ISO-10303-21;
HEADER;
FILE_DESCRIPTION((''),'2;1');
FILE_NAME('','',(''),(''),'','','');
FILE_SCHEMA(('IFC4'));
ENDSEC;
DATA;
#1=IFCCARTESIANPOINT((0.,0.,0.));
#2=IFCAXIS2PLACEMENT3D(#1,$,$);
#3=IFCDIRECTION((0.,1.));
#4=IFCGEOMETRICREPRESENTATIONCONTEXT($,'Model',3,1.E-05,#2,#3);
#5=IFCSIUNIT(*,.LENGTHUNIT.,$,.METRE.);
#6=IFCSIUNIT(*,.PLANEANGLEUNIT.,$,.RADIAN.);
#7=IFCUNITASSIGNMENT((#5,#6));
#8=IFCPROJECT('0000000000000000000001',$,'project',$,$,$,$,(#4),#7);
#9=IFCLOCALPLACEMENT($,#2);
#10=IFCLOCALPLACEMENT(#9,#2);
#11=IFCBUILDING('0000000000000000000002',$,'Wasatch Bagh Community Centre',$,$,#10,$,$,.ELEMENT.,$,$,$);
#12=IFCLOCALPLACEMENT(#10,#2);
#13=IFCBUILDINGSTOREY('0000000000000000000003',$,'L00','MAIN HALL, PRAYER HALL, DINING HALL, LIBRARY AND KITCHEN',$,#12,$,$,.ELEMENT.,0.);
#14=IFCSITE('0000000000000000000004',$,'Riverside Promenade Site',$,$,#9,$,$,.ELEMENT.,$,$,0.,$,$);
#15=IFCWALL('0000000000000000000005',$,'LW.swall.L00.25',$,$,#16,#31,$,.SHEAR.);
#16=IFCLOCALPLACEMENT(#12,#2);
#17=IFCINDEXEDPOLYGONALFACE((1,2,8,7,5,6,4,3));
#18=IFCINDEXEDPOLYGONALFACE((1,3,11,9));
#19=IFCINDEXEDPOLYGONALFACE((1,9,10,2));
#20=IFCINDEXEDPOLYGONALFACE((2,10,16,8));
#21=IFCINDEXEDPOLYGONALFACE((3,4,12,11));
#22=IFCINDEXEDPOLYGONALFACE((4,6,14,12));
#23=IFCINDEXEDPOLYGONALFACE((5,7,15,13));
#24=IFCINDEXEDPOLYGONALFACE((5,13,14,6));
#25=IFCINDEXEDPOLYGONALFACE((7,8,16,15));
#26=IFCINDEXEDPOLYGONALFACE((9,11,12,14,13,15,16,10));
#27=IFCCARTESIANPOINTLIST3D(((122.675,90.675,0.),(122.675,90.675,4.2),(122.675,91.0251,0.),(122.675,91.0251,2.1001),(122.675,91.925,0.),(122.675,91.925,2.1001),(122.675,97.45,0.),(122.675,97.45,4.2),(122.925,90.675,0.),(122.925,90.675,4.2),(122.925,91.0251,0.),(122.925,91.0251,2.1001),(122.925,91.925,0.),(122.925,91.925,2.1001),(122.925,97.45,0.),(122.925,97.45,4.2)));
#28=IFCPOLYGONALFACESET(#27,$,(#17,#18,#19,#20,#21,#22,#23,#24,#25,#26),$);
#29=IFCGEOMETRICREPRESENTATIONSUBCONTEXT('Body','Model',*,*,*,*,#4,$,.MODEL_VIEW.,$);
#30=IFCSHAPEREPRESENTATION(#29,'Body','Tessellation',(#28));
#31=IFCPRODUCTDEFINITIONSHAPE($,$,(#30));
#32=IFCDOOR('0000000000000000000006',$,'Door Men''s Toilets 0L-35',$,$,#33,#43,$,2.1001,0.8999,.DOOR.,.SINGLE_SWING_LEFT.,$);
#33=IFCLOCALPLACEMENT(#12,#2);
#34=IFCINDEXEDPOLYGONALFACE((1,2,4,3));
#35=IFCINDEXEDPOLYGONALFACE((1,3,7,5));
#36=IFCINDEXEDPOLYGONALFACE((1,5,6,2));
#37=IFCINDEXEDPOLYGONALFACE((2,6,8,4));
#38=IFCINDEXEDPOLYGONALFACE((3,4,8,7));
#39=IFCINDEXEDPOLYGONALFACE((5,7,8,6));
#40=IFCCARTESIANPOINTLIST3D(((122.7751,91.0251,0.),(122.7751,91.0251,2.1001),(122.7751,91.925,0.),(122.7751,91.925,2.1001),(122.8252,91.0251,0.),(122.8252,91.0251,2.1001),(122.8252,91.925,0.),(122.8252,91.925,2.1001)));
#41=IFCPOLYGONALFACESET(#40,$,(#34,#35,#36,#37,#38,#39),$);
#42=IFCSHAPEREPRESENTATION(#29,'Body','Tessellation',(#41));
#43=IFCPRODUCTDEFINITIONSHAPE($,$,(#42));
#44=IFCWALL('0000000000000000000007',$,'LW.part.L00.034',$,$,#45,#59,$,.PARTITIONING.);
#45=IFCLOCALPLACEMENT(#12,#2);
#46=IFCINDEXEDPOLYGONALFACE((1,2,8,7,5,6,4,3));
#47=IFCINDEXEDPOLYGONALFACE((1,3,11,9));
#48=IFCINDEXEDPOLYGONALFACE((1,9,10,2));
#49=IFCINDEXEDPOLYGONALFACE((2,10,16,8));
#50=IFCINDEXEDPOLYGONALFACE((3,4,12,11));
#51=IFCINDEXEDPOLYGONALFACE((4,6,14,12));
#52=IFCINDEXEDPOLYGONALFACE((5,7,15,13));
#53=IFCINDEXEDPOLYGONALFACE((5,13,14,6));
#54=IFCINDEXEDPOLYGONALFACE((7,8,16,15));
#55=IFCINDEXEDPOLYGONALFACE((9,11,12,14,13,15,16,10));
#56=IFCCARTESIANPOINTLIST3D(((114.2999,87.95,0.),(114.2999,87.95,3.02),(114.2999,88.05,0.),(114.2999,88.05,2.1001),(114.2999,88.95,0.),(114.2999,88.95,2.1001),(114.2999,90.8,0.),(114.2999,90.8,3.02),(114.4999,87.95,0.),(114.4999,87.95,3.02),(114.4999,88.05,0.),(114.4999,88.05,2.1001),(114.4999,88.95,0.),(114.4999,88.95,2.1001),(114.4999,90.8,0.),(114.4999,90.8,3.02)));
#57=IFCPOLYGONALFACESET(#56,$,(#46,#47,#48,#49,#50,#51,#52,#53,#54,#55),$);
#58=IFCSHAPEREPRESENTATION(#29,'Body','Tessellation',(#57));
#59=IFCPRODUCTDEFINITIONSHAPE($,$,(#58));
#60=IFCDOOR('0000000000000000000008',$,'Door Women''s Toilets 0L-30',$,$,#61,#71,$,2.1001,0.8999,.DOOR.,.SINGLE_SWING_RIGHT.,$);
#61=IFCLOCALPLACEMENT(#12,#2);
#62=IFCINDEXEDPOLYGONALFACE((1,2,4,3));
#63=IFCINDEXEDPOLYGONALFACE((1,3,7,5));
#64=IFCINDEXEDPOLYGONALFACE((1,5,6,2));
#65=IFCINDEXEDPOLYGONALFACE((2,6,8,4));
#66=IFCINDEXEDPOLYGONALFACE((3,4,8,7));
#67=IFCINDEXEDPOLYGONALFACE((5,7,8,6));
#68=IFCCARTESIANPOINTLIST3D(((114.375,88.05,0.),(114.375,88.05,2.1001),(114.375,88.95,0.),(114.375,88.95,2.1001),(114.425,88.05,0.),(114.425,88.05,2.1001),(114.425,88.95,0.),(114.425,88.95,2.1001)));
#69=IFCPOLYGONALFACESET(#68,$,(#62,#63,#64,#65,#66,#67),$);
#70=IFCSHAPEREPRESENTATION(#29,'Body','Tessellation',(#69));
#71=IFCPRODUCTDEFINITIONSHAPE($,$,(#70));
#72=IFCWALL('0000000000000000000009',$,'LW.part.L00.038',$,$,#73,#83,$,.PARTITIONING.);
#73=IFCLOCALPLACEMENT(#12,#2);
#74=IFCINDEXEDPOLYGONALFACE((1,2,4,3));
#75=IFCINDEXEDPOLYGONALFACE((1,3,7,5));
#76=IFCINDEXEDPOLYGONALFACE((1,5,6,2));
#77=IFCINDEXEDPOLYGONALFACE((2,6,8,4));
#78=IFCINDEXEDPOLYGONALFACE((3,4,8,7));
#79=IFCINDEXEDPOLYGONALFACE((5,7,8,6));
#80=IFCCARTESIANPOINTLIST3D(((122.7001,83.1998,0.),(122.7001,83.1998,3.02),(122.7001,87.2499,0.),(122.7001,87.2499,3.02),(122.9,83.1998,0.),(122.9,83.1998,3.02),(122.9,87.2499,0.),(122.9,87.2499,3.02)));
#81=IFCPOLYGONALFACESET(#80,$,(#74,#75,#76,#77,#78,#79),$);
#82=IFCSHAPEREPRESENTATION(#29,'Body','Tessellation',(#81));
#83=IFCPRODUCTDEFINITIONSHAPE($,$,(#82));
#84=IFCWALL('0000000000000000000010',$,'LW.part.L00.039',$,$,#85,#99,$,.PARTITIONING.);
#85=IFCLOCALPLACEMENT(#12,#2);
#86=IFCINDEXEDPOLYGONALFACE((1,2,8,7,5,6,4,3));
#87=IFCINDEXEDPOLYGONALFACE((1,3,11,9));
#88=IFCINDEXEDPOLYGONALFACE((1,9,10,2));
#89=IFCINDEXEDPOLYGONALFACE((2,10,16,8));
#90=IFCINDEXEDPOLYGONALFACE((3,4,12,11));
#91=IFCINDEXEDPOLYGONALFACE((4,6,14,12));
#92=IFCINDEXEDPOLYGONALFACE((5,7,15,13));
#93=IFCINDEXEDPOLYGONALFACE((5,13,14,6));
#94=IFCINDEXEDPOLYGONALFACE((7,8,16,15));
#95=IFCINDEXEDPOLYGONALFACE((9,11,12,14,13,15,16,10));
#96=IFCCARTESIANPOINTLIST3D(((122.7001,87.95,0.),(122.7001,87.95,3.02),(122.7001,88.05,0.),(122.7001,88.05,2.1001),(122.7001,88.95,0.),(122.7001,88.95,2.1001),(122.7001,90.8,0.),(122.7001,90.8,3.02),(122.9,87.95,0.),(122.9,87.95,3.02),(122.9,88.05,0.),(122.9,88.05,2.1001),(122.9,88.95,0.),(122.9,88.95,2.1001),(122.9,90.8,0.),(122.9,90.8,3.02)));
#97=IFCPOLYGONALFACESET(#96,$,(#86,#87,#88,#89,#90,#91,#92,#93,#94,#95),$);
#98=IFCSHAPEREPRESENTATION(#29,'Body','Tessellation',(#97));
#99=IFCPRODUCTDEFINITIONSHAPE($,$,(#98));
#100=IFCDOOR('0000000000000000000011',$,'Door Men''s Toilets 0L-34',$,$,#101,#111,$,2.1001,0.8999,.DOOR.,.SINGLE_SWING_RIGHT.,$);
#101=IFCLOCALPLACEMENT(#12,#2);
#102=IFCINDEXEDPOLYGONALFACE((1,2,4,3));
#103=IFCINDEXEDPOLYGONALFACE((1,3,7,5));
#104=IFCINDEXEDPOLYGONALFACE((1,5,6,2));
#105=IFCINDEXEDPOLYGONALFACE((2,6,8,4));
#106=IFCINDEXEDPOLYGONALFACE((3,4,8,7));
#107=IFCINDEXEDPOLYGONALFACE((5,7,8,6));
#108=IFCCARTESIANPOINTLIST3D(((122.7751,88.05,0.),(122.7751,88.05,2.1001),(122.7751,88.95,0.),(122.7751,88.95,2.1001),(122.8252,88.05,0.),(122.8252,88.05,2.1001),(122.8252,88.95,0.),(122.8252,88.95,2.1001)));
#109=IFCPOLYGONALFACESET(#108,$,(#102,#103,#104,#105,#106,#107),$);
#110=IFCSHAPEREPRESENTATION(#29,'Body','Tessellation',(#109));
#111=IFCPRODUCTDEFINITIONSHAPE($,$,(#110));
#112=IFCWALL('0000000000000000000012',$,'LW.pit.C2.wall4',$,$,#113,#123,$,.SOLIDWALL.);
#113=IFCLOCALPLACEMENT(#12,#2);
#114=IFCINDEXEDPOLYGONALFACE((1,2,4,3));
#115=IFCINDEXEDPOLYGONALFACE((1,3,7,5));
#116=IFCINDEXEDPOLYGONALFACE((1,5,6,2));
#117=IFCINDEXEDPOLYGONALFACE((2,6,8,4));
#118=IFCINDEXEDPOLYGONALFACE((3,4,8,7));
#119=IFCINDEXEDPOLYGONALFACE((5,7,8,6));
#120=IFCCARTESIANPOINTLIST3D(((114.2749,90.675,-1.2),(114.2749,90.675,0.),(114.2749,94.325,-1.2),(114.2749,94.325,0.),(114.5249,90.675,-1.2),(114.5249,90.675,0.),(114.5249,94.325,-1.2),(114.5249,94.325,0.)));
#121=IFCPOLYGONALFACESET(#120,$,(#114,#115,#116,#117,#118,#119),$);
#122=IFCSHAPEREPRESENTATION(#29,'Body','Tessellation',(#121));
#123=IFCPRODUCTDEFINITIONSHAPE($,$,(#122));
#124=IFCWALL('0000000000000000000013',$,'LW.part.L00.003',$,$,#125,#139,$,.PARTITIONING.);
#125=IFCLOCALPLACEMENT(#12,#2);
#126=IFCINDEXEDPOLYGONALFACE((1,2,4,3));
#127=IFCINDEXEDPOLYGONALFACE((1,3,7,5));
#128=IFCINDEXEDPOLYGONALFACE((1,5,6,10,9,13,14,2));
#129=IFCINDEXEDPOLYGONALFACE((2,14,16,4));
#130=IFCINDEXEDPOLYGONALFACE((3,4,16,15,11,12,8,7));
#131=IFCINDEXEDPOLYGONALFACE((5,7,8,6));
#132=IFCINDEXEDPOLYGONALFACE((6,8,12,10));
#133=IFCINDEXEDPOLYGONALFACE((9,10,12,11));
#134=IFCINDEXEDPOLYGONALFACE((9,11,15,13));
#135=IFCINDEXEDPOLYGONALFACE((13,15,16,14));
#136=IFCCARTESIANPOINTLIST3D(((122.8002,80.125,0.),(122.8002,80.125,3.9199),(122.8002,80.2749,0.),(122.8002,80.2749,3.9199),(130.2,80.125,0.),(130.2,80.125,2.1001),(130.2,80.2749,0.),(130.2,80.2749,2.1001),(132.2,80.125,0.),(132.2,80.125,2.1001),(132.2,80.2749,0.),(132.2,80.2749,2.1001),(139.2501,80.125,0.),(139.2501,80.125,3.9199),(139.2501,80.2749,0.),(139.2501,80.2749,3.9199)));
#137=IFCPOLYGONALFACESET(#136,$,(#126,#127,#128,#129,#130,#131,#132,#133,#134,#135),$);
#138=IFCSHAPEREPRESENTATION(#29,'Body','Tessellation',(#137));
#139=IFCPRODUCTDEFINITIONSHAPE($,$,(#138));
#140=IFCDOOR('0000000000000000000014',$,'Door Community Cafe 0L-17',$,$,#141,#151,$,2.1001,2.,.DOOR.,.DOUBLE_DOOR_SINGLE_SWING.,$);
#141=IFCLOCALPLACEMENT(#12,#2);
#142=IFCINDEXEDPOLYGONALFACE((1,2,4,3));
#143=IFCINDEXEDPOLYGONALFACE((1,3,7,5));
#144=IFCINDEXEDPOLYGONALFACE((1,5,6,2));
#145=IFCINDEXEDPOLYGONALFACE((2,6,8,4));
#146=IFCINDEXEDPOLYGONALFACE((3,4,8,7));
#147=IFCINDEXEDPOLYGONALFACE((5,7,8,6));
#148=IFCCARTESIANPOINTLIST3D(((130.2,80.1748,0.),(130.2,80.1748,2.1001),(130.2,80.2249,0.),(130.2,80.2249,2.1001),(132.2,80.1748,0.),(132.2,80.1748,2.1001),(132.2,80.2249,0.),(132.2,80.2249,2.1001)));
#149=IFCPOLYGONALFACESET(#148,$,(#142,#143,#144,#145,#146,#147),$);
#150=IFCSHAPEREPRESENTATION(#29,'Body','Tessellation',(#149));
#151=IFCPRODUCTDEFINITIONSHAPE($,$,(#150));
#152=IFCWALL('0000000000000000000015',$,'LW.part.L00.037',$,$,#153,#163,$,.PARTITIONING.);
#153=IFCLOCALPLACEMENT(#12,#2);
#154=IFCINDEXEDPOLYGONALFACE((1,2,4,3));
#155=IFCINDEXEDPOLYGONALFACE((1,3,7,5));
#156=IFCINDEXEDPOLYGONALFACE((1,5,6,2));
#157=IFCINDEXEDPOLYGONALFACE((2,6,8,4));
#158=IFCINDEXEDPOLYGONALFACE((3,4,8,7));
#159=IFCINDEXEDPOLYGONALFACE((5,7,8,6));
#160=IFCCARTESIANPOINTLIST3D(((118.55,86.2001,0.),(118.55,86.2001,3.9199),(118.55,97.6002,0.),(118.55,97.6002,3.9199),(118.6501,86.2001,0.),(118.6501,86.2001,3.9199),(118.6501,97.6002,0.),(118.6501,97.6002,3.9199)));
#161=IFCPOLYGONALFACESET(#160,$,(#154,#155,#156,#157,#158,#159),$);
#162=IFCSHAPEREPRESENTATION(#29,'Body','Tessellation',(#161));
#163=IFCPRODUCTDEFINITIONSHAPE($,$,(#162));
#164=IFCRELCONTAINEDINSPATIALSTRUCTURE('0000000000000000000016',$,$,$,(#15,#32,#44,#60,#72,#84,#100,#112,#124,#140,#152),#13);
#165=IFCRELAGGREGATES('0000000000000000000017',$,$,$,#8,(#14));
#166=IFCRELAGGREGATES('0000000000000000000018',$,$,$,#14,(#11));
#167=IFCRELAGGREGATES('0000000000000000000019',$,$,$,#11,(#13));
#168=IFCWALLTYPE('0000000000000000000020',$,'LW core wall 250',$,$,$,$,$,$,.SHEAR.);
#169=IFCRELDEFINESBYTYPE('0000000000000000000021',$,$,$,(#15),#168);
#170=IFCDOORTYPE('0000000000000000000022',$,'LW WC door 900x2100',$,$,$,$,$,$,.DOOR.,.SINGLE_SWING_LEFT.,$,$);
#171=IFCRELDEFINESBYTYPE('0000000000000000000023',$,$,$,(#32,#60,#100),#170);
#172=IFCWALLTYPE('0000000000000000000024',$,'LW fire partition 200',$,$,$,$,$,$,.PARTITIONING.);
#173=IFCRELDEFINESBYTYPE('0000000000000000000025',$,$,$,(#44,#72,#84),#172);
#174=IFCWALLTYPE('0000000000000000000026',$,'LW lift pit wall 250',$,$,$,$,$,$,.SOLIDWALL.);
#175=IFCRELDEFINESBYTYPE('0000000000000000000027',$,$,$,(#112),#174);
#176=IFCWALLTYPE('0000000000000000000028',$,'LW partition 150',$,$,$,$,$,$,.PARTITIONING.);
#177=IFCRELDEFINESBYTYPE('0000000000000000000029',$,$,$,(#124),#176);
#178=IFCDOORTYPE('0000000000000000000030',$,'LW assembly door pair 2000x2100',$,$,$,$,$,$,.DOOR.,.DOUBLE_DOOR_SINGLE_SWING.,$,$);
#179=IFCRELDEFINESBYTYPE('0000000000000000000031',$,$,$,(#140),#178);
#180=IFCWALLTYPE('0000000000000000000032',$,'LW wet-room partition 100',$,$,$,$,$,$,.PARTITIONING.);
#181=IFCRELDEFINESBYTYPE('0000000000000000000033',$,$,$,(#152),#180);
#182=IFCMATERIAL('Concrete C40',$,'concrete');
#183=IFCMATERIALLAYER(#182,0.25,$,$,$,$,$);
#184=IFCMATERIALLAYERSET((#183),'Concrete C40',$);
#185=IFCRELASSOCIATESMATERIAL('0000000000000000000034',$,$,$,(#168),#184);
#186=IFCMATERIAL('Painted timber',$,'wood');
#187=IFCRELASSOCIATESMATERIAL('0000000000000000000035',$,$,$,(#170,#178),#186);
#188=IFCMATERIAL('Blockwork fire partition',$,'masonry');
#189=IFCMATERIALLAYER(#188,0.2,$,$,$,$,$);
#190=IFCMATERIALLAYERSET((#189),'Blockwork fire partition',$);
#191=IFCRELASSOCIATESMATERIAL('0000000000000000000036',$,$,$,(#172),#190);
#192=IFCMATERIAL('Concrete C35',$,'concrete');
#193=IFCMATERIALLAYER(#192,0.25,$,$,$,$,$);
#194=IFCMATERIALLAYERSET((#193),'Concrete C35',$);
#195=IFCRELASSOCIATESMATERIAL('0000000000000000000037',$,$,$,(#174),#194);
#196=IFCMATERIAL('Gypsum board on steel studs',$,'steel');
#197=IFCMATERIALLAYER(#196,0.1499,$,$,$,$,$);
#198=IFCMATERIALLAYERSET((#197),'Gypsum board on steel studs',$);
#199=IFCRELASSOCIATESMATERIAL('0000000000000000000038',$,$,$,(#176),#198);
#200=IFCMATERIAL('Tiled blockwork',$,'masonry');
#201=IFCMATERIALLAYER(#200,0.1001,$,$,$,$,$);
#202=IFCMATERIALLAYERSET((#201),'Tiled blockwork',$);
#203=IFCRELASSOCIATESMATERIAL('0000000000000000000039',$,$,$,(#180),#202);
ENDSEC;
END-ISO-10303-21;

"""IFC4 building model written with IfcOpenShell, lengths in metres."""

from ifc_helpers import new_model, si_unit, direction, frame, frame_2d, origin, place, context, subcontext, project, spatial, rectangle, extrude, material, layer, layer_set, type_object, element, fill, save


model = new_model("IFC4")

# Units and contexts
model_context = context("Model", 3, precision=1e-05, world=origin(), true_north=direction((0.0, 1.0)))
body_context = subcontext(model_context, "Body", "Model", "MODEL_VIEW")
ifc_project = project(units=[si_unit("LENGTHUNIT", "METRE"), si_unit("PLANEANGLEUNIT", "RADIAN")], contexts=[model_context])

# Site, building, storey
site_placement = place(None, origin())
site = spatial("IfcSite", under=ifc_project, at=site_placement, Name="Riverside Promenade Site", CompositionType="ELEMENT", RefElevation=0.0)
building_placement = place(site_placement, origin())
building = spatial("IfcBuilding", under=site, at=building_placement, Name="Wasatch Bagh Community Centre", CompositionType="ELEMENT")
storey_placement = place(building_placement, origin())
storey = spatial("IfcBuildingStorey", under=building, at=storey_placement, Name="L00", Description="MAIN HALL, PRAYER HALL, DINING HALL, LIBRARY AND KITCHEN", CompositionType="ELEMENT", Elevation=0.0)

# Shared definitions
ifc_material_1 = material(Name="Concrete C35", Category="concrete")

# Shared definitions
ifc_material_2 = material(Name="Concrete C40", Category="concrete")

# Walls, openings, doors
ifc_layer_1 = layer(ifc_material_2, 0.25)
ifc_layer_set_1 = layer_set([ifc_layer_1], Name="Concrete C40")
wall_type_1 = type_object("IfcWallType", Name="LW core wall 250", PredefinedType="SHEAR", material=ifc_layer_set_1)
ifc_material_3 = material(Name="Painted timber", Category="wood")
door_type_1 = type_object("IfcDoorType", Name="LW WC door 900x2100", OperationType="SINGLE_SWING_LEFT", PredefinedType="DOOR", material=ifc_material_3)
wall_1_placement = place(storey_placement, frame((122.8, 90.675, 0.0), z_axis=(0.0, 0.0, 1.0), x_axis=(0.0, 1.0, 0.0)))
wall_1 = element("IfcWall", 1, at=wall_1_placement, inside=storey, type_object=wall_type_1, Name="LW.swall.L00.25", PredefinedType="SHEAR", context=body_context, shape_type="SweptSolid", body=[
    extrude(rectangle(XDim=6.7749, YDim=0.25, at=frame_2d((3.3875, 0.0))), origin(), (0.0, 0.0, 1.0), 4.2),
])
opening_1_placement = place(wall_1_placement, frame((0.3501, 0.0, 0.0)))
opening_1 = element("IfcOpeningElement", 2, at=opening_1_placement, cuts=wall_1, PredefinedType="OPENING", context=body_context, shape_type="SweptSolid", body=[
    extrude(rectangle(XDim=0.8999, YDim=2.1001, at=frame_2d((0.45, 1.05))), frame((0.0, 0.135, 0.0), z_axis=(0.0, -1.0, 0.0), x_axis=(1.0, 0.0, 0.0)), (0.0, 0.0, 1.0), 0.27),
])
door_1_placement = place(opening_1_placement, origin())
door_1 = element("IfcDoor", 3, at=door_1_placement, inside=storey, type_object=door_type_1, Name="Door Men's Toilets 0L-35", OperationType="SINGLE_SWING_LEFT", OverallHeight=2.1001, OverallWidth=0.8999, PredefinedType="DOOR", context=body_context, shape_type="SweptSolid", body=[
    extrude(rectangle(XDim=0.8999, YDim=2.1001, at=frame_2d((0.45, 1.05))), frame((0.0, 0.0249, 0.0), z_axis=(0.0, -1.0, 0.0), x_axis=(1.0, 0.0, 0.0)), (0.0, 0.0, 1.0), 0.05),
])
fill(opening_1, door_1)
ifc_material_4 = material(Name="Blockwork fire partition", Category="masonry")
ifc_layer_2 = layer(ifc_material_4, 0.2)
ifc_layer_set_2 = layer_set([ifc_layer_2], Name="Blockwork fire partition")
wall_type_2 = type_object("IfcWallType", Name="LW fire partition 200", PredefinedType="PARTITIONING", material=ifc_layer_set_2)
wall_2_placement = place(storey_placement, frame((114.3999, 87.95, 0.0), z_axis=(0.0, 0.0, 1.0), x_axis=(0.0, 1.0, 0.0)))
wall_2 = element("IfcWall", 4, at=wall_2_placement, inside=storey, type_object=wall_type_2, Name="LW.part.L00.034", PredefinedType="PARTITIONING", context=body_context, shape_type="SweptSolid", body=[
    extrude(rectangle(XDim=2.8501, YDim=0.2, at=frame_2d((1.425, 0.0))), origin(), (0.0, 0.0, 1.0), 3.02),
])
opening_2_placement = place(wall_2_placement, frame((0.1001, 0.0, 0.0)))
opening_2 = element("IfcOpeningElement", 5, at=opening_2_placement, cuts=wall_2, PredefinedType="OPENING", context=body_context, shape_type="SweptSolid", body=[
    extrude(rectangle(XDim=0.8999, YDim=2.1001, at=frame_2d((0.45, 1.05))), frame((0.0, 0.1099, 0.0), z_axis=(0.0, -1.0, 0.0), x_axis=(1.0, 0.0, 0.0)), (0.0, 0.0, 1.0), 0.22),
])
door_2_placement = place(opening_2_placement, origin())
door_2 = element("IfcDoor", 6, at=door_2_placement, inside=storey, type_object=door_type_1, Name="Door Women's Toilets 0L-30", OperationType="SINGLE_SWING_RIGHT", OverallHeight=2.1001, OverallWidth=0.8999, PredefinedType="DOOR", context=body_context, shape_type="SweptSolid", body=[
    extrude(rectangle(XDim=0.8999, YDim=2.1001, at=frame_2d((0.45, 1.05))), frame((0.0, 0.0249, 0.0), z_axis=(0.0, -1.0, 0.0), x_axis=(1.0, 0.0, 0.0)), (0.0, 0.0, 1.0), 0.05),
])
fill(opening_2, door_2)

# Wall
wall_3_placement = place(storey_placement, frame((122.8, 83.2, 0.0), z_axis=(0.0, 0.0, 1.0), x_axis=(0.0, 1.0, 0.0)))
element("IfcWall", 7, at=wall_3_placement, inside=storey, type_object=wall_type_2, Name="LW.part.L00.038", PredefinedType="PARTITIONING", context=body_context, shape_type="SweptSolid", body=[
    extrude(rectangle(XDim=4.05, YDim=0.2, at=frame_2d((2.0249, 0.0))), origin(), (0.0, 0.0, 1.0), 3.02),
])

# Wall, opening, door
wall_4_placement = place(storey_placement, frame((122.8, 87.95, 0.0), z_axis=(0.0, 0.0, 1.0), x_axis=(0.0, 1.0, 0.0)))
wall_4 = element("IfcWall", 8, at=wall_4_placement, inside=storey, type_object=wall_type_2, Name="LW.part.L00.039", PredefinedType="PARTITIONING", context=body_context, shape_type="SweptSolid", body=[
    extrude(rectangle(XDim=2.8501, YDim=0.2, at=frame_2d((1.425, 0.0))), origin(), (0.0, 0.0, 1.0), 3.02),
])
opening_3_placement = place(wall_4_placement, frame((0.1001, 0.0, 0.0)))
opening_3 = element("IfcOpeningElement", 9, at=opening_3_placement, cuts=wall_4, PredefinedType="OPENING", context=body_context, shape_type="SweptSolid", body=[
    extrude(rectangle(XDim=0.8999, YDim=2.1001, at=frame_2d((0.45, 1.05))), frame((0.0, 0.1099, 0.0), z_axis=(0.0, -1.0, 0.0), x_axis=(1.0, 0.0, 0.0)), (0.0, 0.0, 1.0), 0.22),
])
door_3_placement = place(opening_3_placement, origin())
door_3 = element("IfcDoor", 10, at=door_3_placement, inside=storey, type_object=door_type_1, Name="Door Men's Toilets 0L-34", OperationType="SINGLE_SWING_RIGHT", OverallHeight=2.1001, OverallWidth=0.8999, PredefinedType="DOOR", context=body_context, shape_type="SweptSolid", body=[
    extrude(rectangle(XDim=0.8999, YDim=2.1001, at=frame_2d((0.45, 1.05))), frame((0.0, 0.0249, 0.0), z_axis=(0.0, -1.0, 0.0), x_axis=(1.0, 0.0, 0.0)), (0.0, 0.0, 1.0), 0.05),
])
fill(opening_3, door_3)

# Wall
ifc_layer_3 = layer(ifc_material_1, 0.25)
ifc_layer_set_3 = layer_set([ifc_layer_3], Name="Concrete C35")
wall_type_3 = type_object("IfcWallType", Name="LW lift pit wall 250", PredefinedType="SOLIDWALL", material=ifc_layer_set_3)
wall_5_placement = place(storey_placement, frame((114.3999, 90.675, -1.2), z_axis=(0.0, 0.0, 1.0), x_axis=(0.0, 1.0, 0.0)))
element("IfcWall", 11, at=wall_5_placement, inside=storey, type_object=wall_type_3, Name="LW.pit.C2.wall4", PredefinedType="SOLIDWALL", context=body_context, shape_type="SweptSolid", body=[
    extrude(rectangle(XDim=3.6499, YDim=0.25, at=frame_2d((1.825, 0.0))), origin(), (0.0, 0.0, 1.0), 1.2),
])

# Wall, opening, door
ifc_material_5 = material(Name="Gypsum board on steel studs", Category="steel")
ifc_layer_4 = layer(ifc_material_5, 0.1499)
ifc_layer_set_4 = layer_set([ifc_layer_4], Name="Gypsum board on steel studs")
wall_type_4 = type_object("IfcWallType", Name="LW partition 150", PredefinedType="PARTITIONING", material=ifc_layer_set_4)
wall_6_placement = place(storey_placement, frame((122.8, 80.2, 0.0), z_axis=(0.0, 0.0, 1.0), x_axis=(1.0, 0.0, 0.0)))
wall_6 = element("IfcWall", 12, at=wall_6_placement, inside=storey, type_object=wall_type_4, Name="LW.part.L00.003", PredefinedType="PARTITIONING", context=body_context, shape_type="SweptSolid", body=[
    extrude(rectangle(XDim=16.45, YDim=0.1499, at=frame_2d((8.2251, 0.0))), origin(), (0.0, 0.0, 1.0), 3.9199),
])
opening_4_placement = place(wall_6_placement, frame((7.3999, 0.0, 0.0)))
opening_4 = element("IfcOpeningElement", 13, at=opening_4_placement, cuts=wall_6, PredefinedType="OPENING", context=body_context, shape_type="SweptSolid", body=[
    extrude(rectangle(XDim=2.0, YDim=2.1001, at=frame_2d((1.0, 1.05))), frame((0.0, 0.085, 0.0), z_axis=(0.0, -1.0, 0.0), x_axis=(1.0, 0.0, 0.0)), (0.0, 0.0, 1.0), 0.1699),
])
door_type_2 = type_object("IfcDoorType", Name="LW assembly door pair 2000x2100", OperationType="DOUBLE_DOOR_SINGLE_SWING", PredefinedType="DOOR", material=ifc_material_3)
door_4_placement = place(opening_4_placement, origin())
door_4 = element("IfcDoor", 14, at=door_4_placement, inside=storey, type_object=door_type_2, Name="Door Community Cafe 0L-17", OperationType="DOUBLE_DOOR_SINGLE_SWING", OverallHeight=2.1001, OverallWidth=2.0, PredefinedType="DOOR", context=body_context, shape_type="SweptSolid", body=[
    extrude(rectangle(XDim=2.0, YDim=2.1001, at=frame_2d((1.0, 1.05))), frame((0.0, 0.0249, 0.0), z_axis=(0.0, -1.0, 0.0), x_axis=(1.0, 0.0, 0.0)), (0.0, 0.0, 1.0), 0.05),
])
fill(opening_4, door_4)

# Wall
ifc_material_6 = material(Name="Tiled blockwork", Category="masonry")
ifc_layer_5 = layer(ifc_material_6, 0.1001)
ifc_layer_set_5 = layer_set([ifc_layer_5], Name="Tiled blockwork")
wall_type_5 = type_object("IfcWallType", Name="LW wet-room partition 100", PredefinedType="PARTITIONING", material=ifc_layer_set_5)
wall_7_placement = place(storey_placement, frame((118.6001, 86.2, 0.0), z_axis=(0.0, 0.0, 1.0), x_axis=(0.0, 1.0, 0.0)))
element("IfcWall", 15, at=wall_7_placement, inside=storey, type_object=wall_type_5, Name="LW.part.L00.037", PredefinedType="PARTITIONING", context=body_context, shape_type="SweptSolid", body=[
    extrude(rectangle(XDim=11.4001, YDim=0.1001, at=frame_2d((5.7002, 0.0))), origin(), (0.0, 0.0, 1.0), 3.9199),
])

save(model, "model.ifc")
